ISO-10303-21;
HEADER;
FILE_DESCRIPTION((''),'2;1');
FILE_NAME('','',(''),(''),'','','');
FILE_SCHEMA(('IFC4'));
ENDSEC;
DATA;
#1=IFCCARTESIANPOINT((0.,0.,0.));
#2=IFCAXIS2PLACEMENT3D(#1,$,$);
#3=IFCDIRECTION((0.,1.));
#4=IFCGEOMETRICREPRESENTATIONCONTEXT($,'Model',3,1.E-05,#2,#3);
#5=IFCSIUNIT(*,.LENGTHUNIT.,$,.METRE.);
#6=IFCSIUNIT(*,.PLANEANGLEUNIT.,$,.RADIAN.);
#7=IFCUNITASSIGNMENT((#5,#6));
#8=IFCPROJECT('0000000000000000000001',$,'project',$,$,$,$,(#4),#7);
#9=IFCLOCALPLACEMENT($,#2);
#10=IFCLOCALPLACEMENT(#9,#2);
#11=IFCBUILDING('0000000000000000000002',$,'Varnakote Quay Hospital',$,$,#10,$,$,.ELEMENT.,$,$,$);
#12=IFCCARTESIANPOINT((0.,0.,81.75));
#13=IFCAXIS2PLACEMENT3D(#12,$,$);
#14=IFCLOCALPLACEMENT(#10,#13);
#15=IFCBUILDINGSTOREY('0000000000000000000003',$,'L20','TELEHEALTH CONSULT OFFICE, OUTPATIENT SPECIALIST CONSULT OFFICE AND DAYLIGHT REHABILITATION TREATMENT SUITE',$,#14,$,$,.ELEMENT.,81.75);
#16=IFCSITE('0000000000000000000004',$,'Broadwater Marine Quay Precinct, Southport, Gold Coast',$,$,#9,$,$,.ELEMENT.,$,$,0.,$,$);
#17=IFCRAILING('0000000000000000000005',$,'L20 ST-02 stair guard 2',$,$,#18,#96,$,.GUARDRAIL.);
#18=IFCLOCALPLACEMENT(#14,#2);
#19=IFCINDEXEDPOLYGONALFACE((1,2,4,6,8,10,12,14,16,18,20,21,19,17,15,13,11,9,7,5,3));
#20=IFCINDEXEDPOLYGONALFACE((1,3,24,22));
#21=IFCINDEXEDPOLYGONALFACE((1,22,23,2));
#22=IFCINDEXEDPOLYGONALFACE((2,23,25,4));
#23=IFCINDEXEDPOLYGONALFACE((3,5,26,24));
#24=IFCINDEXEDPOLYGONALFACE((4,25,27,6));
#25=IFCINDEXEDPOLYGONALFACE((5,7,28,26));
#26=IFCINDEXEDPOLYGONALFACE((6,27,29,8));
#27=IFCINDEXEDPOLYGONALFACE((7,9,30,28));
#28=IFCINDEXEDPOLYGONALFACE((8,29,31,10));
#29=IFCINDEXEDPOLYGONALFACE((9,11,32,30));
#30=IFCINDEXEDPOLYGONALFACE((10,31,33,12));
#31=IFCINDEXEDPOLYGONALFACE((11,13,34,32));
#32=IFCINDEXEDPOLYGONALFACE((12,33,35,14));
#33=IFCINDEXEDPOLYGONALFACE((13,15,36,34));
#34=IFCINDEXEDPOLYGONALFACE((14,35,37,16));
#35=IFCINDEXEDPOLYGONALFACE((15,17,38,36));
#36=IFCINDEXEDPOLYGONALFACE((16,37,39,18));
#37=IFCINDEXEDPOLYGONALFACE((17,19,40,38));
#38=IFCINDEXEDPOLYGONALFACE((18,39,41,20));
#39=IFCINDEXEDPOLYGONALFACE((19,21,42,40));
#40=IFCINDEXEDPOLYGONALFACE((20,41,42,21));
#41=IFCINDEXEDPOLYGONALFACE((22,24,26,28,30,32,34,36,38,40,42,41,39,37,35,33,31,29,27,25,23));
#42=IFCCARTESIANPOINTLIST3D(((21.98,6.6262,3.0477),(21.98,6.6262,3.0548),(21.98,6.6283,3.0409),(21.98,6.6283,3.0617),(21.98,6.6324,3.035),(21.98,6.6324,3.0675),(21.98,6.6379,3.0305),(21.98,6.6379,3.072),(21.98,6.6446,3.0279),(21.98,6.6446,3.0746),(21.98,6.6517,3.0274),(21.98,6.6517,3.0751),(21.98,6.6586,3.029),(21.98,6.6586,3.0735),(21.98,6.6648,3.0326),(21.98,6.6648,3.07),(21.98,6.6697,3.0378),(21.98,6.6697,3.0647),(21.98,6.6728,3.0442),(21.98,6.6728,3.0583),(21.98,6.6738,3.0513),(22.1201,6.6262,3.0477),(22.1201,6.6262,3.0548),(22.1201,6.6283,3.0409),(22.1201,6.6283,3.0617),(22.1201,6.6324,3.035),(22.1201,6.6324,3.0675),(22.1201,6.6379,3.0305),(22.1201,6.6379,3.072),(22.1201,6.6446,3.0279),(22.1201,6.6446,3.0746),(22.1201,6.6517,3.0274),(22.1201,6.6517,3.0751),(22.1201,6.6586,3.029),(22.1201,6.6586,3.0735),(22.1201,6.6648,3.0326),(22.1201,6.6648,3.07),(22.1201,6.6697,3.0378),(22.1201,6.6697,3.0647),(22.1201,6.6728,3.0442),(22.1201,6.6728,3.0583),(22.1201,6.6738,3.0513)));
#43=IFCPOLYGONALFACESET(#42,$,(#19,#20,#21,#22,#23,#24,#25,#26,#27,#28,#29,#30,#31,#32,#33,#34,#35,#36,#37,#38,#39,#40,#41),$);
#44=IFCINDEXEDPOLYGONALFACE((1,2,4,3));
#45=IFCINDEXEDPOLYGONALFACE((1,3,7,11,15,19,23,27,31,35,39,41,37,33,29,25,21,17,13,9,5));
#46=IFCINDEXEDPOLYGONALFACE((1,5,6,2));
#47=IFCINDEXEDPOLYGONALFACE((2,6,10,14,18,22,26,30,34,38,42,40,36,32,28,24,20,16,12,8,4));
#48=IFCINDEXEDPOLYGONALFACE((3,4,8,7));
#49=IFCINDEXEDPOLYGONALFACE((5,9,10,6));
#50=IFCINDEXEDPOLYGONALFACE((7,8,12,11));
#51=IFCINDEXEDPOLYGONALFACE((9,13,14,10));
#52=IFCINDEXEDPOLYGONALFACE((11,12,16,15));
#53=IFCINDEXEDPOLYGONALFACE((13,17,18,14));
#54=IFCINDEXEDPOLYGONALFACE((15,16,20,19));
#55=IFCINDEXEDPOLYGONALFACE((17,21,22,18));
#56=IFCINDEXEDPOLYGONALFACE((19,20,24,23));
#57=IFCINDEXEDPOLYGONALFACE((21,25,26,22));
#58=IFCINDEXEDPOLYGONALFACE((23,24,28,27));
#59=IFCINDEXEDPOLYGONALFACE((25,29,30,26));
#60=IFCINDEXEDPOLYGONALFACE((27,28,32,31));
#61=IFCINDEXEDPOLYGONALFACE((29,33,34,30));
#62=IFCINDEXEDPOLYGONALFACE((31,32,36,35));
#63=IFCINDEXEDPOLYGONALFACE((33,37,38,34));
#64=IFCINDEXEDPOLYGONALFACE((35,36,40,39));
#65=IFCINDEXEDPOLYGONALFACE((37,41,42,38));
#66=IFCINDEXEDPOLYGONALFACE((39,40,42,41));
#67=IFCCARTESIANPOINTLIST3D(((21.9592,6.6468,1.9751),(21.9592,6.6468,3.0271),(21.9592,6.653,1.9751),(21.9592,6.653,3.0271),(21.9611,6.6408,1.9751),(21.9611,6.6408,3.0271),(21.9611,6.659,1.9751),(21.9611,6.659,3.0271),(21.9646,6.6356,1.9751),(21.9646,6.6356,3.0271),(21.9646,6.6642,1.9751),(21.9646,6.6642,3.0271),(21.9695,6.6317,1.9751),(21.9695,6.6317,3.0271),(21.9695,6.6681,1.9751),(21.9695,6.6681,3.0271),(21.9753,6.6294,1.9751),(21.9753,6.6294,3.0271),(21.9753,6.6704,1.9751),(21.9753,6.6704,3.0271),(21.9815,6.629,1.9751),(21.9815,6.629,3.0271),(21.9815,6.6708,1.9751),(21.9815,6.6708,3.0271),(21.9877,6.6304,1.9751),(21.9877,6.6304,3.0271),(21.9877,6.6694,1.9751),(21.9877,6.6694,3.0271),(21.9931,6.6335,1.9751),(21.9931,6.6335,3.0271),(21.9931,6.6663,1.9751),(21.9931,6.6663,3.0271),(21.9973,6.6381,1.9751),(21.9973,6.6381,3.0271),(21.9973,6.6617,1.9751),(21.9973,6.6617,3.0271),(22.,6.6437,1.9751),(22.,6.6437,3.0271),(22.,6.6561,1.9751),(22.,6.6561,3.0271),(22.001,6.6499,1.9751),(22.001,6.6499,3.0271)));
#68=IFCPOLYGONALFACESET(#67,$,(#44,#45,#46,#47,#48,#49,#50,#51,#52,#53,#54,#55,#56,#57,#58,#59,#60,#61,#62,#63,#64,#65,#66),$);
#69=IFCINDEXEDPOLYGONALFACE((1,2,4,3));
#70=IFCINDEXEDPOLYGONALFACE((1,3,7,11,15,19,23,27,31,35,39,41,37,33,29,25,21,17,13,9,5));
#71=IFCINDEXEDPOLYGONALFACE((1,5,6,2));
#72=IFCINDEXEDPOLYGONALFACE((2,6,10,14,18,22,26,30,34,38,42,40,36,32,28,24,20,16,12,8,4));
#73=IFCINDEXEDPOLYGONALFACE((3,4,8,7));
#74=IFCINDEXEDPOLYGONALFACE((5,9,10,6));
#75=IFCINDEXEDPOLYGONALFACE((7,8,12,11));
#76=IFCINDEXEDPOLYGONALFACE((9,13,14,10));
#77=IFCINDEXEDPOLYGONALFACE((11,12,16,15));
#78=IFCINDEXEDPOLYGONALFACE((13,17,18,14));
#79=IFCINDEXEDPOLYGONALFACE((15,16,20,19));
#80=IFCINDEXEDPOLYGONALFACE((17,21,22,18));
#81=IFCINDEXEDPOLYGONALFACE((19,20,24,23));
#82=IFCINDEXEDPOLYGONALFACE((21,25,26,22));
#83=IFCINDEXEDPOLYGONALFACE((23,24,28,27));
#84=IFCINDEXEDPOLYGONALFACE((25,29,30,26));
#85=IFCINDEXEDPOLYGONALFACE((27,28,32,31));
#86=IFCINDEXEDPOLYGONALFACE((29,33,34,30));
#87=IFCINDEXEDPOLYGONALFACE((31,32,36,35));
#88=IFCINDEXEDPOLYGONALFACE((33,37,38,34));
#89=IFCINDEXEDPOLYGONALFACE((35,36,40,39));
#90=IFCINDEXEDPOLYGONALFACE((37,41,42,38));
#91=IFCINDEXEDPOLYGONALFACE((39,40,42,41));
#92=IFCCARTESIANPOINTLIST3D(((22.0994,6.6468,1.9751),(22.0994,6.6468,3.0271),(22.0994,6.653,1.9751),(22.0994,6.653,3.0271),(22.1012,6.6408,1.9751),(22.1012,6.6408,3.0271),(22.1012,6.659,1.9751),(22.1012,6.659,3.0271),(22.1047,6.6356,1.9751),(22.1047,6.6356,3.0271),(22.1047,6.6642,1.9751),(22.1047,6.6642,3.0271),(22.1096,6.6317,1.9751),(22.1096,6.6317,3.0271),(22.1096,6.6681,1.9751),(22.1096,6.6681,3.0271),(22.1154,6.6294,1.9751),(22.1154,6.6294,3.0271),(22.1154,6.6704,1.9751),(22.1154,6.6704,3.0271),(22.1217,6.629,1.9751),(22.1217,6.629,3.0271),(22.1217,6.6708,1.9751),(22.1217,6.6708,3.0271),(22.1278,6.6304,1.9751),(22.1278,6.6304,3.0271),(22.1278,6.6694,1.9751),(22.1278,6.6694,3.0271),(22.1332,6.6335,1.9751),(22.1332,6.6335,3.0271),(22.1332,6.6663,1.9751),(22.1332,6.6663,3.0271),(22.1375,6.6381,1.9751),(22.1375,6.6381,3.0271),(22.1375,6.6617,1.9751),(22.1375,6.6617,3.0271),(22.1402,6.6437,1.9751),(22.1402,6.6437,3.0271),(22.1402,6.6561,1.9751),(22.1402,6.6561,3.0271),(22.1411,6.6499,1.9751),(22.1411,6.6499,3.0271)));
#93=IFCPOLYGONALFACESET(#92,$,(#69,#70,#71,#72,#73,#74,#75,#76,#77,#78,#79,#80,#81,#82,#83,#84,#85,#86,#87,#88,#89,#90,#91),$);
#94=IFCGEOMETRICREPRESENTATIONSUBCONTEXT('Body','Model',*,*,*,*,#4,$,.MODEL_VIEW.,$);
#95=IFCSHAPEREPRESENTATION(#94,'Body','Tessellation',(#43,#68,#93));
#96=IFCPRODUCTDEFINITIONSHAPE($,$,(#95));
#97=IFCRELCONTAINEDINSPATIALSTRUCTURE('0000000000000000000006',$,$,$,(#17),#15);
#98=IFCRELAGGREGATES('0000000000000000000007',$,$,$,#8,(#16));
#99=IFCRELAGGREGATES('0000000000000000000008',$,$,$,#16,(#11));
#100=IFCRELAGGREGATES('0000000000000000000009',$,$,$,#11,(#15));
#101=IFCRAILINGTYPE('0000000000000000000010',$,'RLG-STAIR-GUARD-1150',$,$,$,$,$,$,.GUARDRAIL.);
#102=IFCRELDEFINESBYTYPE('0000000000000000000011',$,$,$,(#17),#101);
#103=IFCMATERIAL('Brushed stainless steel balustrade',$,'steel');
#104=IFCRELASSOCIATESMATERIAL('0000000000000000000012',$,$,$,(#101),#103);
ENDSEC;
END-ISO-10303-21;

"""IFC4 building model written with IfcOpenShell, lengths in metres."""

from ifc_helpers import new_model, si_unit, direction, frame, origin, origin_2d, place, context, subcontext, project, spatial, circle, extrude, material, type_object, element, save


model = new_model("IFC4")

# Units and contexts
model_context = context("Model", 3, precision=1e-05, world=origin(), true_north=direction((0.0, 1.0)))
body_context = subcontext(model_context, "Body", "Model", "MODEL_VIEW")
ifc_project = project(units=[si_unit("LENGTHUNIT", "METRE"), si_unit("PLANEANGLEUNIT", "RADIAN")], contexts=[model_context])

# Site, building, storey
site_placement = place(None, origin())
site = spatial("IfcSite", under=ifc_project, at=site_placement, Name="Broadwater Marine Quay Precinct, Southport, Gold Coast", CompositionType="ELEMENT", RefElevation=0.0)
building_placement = place(site_placement, origin())
building = spatial("IfcBuilding", under=site, at=building_placement, Name="Varnakote Quay Hospital", CompositionType="ELEMENT")
storey_placement = place(building_placement, frame((0.0, 0.0, 81.75)))
storey = spatial("IfcBuildingStorey", under=building, at=storey_placement, Name="L20", Description="TELEHEALTH CONSULT OFFICE, OUTPATIENT SPECIALIST CONSULT OFFICE AND DAYLIGHT REHABILITATION TREATMENT SUITE", CompositionType="ELEMENT", Elevation=81.75)

# Railing
ifc_material_1 = material(Name="Brushed stainless steel balustrade", Category="steel")
railing_type_1 = type_object("IfcRailingType", Name="RLG-STAIR-GUARD-1150", PredefinedType="GUARDRAIL", material=ifc_material_1)
railing_1_placement = place(storey_placement, frame((21.98, 6.6499, 1.9751)))
element("IfcRailing", 1, at=railing_1_placement, inside=storey, type_object=railing_type_1, Name="L20 ST-02 stair guard 2", PredefinedType="GUARDRAIL", context=body_context, shape_type="SweptSolid", body=[
    extrude(circle(Radius=0.0239, at=origin_2d()), frame((0.0, 0.0, 1.0762), z_axis=(1.0, 0.0, 0.0), x_axis=(0.0, 1.0, 0.0)), (0.0, 0.0, 1.0), 0.1401),
    extrude(circle(Radius=0.021, at=origin_2d()), origin(), (0.0, 0.0, 1.0), 1.052),
    extrude(circle(Radius=0.021, at=origin_2d()), frame((0.1401, 0.0, 0.0)), (0.0, 0.0, 1.0), 1.052),
])

save(model, "model.ifc")
